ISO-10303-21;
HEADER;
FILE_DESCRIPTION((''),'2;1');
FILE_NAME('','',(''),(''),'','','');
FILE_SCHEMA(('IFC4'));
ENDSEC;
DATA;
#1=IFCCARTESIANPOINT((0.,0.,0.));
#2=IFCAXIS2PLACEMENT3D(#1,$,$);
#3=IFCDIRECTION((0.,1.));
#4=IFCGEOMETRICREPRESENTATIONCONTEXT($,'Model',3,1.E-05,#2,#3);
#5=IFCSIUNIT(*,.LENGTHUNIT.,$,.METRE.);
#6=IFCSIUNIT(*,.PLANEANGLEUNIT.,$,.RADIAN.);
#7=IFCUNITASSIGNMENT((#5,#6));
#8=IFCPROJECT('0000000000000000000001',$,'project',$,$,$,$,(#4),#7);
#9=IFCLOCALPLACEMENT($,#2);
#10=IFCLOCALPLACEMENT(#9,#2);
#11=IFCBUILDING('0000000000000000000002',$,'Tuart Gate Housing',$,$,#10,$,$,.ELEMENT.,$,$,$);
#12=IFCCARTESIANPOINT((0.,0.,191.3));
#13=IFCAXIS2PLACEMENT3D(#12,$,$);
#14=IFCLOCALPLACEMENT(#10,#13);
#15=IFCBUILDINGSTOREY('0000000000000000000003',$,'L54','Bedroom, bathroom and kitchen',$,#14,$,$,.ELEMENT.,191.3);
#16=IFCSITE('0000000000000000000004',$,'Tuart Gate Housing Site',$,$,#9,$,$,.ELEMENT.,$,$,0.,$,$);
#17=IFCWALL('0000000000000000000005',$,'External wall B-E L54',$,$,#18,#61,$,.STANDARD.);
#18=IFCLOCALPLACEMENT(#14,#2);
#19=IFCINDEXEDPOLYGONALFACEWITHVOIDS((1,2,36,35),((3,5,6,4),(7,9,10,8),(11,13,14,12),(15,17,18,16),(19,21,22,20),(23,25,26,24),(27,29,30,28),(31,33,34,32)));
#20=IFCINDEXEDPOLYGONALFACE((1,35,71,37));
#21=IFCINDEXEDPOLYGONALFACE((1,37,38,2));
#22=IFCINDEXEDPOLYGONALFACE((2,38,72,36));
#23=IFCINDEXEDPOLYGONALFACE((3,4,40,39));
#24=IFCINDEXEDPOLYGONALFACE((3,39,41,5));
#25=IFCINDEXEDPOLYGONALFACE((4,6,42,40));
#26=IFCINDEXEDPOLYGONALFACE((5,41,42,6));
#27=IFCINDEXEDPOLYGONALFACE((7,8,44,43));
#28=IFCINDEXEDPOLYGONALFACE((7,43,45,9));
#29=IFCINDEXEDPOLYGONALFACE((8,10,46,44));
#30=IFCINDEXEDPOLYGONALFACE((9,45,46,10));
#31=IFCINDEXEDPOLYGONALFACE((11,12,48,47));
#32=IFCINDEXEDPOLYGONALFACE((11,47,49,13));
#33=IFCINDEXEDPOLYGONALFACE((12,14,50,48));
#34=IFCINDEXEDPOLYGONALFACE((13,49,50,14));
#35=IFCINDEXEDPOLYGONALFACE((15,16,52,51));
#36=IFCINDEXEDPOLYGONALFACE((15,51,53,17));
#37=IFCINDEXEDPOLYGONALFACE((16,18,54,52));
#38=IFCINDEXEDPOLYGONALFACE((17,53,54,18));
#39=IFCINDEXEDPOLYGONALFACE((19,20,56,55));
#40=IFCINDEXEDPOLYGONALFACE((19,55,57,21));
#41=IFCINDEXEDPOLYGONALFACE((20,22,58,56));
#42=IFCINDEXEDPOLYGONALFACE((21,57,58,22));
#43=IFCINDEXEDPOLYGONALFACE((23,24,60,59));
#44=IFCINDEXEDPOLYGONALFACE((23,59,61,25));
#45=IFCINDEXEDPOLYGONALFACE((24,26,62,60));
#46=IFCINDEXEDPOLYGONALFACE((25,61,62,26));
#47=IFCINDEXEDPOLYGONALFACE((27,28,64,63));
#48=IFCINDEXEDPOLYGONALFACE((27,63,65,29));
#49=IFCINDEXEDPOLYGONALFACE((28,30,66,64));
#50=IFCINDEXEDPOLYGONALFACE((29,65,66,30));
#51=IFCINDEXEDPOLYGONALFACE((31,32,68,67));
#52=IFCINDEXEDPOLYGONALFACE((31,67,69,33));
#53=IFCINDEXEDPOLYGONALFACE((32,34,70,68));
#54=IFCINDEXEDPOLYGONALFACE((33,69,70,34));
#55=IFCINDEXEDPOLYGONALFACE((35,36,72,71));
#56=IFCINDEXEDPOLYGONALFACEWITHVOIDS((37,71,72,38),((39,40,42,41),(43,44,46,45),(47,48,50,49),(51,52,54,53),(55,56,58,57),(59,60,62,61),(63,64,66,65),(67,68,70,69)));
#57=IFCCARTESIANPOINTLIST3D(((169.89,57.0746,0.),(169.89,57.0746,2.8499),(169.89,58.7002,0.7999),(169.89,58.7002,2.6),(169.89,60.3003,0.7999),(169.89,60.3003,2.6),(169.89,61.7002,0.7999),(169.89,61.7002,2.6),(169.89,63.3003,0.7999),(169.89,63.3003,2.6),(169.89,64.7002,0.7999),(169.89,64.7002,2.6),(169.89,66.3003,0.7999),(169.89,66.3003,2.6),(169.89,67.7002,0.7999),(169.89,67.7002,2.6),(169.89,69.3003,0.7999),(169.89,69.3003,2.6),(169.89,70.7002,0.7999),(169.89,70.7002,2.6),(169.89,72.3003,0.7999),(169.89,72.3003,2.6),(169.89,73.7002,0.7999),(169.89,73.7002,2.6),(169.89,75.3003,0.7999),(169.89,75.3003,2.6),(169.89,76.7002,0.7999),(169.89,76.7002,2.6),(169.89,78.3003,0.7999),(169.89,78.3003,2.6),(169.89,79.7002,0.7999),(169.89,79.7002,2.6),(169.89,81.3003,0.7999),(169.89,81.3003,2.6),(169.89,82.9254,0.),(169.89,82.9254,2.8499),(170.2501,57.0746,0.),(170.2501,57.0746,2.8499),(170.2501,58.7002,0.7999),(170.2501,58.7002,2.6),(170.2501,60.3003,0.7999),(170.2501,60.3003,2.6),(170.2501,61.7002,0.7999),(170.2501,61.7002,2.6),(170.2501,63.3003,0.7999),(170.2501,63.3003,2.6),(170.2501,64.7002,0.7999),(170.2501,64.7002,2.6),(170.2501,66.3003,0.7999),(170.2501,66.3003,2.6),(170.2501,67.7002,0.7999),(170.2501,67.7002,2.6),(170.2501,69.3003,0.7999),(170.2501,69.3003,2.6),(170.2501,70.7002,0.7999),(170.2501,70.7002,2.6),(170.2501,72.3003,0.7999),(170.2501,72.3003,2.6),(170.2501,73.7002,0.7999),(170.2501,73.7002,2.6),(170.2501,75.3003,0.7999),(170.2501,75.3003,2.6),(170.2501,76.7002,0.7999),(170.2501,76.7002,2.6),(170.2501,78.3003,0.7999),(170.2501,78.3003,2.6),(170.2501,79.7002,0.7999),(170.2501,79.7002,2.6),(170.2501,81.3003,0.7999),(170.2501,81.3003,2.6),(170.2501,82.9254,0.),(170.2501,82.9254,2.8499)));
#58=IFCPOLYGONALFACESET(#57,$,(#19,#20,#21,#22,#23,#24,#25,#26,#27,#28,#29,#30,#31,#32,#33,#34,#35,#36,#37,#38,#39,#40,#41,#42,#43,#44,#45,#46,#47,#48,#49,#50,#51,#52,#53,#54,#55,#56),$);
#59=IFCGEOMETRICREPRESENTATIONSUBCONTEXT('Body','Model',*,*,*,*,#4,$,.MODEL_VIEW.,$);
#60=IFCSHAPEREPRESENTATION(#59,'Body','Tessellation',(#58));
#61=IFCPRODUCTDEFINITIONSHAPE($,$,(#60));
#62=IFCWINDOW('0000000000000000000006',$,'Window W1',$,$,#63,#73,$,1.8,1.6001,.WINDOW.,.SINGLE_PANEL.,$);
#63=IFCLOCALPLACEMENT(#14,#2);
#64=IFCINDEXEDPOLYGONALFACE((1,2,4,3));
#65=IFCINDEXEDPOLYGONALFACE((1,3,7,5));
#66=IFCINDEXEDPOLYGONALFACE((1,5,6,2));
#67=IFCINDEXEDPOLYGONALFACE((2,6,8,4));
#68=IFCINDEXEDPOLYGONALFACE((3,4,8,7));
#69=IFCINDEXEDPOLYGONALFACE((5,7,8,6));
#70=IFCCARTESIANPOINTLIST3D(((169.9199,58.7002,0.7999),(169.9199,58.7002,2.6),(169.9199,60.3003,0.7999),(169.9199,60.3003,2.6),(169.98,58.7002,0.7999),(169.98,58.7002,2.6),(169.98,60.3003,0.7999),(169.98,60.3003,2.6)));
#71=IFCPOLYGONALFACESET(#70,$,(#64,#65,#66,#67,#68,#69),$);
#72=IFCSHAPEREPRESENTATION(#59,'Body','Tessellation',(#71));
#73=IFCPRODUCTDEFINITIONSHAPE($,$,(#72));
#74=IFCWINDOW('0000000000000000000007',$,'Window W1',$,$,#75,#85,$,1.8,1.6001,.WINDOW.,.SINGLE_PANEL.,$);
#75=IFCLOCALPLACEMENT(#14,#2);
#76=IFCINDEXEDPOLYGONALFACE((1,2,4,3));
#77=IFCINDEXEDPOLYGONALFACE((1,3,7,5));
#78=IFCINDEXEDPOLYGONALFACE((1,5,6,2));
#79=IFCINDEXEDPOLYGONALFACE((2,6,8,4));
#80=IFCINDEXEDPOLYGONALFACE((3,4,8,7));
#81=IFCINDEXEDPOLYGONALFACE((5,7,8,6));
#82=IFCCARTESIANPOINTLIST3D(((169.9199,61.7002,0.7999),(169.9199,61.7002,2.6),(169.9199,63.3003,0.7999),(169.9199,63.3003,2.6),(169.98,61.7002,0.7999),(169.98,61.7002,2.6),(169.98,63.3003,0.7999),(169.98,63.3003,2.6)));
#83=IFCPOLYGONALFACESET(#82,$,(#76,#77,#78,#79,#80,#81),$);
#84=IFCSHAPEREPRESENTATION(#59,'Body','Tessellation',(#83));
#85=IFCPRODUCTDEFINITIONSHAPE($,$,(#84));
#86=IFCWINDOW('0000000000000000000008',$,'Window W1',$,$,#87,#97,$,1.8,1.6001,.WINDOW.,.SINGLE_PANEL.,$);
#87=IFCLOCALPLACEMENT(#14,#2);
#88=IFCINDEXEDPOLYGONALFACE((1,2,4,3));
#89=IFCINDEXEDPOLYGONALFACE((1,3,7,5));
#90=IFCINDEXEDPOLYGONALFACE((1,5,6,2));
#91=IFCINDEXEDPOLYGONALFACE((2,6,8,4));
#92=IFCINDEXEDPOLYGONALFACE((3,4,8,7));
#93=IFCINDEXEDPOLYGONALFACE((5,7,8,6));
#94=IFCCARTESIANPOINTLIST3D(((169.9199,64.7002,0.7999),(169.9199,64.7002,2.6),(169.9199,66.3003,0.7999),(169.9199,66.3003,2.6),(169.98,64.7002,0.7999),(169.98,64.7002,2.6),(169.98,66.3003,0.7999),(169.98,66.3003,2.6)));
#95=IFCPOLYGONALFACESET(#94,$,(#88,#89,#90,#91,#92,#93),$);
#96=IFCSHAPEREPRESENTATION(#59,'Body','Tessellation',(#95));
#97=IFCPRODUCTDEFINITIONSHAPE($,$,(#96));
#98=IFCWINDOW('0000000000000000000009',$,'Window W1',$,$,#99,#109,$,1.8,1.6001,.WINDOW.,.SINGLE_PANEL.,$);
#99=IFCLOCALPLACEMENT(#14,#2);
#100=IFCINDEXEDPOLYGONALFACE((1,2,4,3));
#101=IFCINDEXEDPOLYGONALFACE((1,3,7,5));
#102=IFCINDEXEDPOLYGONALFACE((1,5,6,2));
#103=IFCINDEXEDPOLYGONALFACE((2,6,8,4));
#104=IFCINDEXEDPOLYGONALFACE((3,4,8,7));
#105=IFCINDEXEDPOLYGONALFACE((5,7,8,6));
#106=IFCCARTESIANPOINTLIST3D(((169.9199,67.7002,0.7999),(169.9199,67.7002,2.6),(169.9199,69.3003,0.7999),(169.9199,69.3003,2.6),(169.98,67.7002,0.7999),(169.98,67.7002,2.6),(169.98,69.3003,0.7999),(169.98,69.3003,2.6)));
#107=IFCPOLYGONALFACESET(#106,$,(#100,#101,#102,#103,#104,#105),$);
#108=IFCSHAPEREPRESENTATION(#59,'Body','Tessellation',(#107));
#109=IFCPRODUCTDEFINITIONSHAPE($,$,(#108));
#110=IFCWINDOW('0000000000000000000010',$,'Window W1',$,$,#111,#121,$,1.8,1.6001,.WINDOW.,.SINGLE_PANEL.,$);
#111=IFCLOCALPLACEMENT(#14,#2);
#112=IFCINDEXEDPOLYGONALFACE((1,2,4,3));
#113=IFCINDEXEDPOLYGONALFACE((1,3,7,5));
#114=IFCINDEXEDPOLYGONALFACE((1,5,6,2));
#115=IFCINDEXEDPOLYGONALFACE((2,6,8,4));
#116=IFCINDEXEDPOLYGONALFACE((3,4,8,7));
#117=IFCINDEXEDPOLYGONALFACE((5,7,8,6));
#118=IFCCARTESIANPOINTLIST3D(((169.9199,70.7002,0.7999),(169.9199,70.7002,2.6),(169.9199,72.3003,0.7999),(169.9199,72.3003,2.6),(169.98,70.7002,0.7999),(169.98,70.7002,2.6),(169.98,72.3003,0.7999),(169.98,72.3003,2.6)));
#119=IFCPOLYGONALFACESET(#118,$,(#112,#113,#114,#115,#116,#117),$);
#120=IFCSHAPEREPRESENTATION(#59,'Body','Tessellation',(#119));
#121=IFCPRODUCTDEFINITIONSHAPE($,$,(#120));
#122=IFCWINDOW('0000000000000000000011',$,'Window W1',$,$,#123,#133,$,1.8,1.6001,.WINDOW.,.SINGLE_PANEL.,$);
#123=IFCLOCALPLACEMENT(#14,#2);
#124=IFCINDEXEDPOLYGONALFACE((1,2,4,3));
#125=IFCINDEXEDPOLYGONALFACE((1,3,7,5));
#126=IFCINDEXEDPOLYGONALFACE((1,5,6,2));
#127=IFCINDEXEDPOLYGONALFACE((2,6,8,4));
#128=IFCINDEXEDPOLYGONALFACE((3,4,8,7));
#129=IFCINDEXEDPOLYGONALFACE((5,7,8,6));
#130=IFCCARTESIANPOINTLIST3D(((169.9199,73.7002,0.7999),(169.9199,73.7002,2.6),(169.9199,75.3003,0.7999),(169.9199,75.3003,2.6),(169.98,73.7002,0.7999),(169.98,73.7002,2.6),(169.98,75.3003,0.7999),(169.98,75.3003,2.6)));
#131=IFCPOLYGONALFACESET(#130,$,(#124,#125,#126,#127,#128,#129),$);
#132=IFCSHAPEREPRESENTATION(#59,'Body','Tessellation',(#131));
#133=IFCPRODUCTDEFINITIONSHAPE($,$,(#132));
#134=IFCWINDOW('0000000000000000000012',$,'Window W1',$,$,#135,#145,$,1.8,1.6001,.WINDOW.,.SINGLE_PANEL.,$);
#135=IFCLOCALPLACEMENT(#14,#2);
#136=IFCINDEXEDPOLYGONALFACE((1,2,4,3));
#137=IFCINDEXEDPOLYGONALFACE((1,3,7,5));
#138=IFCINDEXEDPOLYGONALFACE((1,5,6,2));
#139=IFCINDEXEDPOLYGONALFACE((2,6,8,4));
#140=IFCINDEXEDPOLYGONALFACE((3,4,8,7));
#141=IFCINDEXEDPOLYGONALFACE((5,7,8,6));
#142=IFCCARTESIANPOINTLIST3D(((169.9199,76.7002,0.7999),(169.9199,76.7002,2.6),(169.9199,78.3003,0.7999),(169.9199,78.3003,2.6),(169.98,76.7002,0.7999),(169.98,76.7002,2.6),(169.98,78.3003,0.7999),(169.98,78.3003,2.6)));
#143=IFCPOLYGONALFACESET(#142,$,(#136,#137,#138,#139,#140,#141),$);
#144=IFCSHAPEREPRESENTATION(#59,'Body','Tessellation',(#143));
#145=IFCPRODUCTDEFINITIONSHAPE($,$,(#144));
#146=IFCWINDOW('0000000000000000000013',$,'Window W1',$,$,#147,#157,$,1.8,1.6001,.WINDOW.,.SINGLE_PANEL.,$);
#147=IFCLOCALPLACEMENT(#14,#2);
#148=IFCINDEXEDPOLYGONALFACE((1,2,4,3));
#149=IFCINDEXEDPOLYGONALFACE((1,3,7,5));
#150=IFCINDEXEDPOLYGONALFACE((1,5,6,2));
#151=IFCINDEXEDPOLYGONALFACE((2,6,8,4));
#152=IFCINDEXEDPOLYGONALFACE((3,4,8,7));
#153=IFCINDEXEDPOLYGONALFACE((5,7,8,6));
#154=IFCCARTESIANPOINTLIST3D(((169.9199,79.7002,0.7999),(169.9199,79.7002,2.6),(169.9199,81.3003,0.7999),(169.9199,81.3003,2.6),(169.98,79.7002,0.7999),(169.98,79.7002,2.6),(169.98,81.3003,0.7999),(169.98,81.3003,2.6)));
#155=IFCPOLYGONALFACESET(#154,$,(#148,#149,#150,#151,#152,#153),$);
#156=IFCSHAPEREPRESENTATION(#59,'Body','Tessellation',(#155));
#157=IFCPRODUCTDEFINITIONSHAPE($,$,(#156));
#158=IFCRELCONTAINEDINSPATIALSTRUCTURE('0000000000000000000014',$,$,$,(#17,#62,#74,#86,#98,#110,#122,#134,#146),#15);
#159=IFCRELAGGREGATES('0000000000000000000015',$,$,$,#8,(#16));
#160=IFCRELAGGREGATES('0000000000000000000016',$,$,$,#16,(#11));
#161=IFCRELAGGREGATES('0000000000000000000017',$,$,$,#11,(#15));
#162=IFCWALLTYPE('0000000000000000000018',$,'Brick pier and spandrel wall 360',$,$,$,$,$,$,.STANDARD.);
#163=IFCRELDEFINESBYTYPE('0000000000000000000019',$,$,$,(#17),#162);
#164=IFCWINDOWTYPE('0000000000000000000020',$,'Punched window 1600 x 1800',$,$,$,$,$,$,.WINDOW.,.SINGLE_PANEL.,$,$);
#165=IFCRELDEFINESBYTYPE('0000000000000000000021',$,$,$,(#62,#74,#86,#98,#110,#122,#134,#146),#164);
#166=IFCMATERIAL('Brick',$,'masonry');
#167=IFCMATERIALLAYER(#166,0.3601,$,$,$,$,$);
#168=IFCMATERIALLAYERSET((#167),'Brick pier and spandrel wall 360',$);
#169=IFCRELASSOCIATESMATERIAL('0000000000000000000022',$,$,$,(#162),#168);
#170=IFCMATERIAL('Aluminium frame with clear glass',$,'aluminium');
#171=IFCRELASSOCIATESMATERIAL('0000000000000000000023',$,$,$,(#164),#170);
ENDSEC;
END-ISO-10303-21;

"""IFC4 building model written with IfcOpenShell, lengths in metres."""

from ifc_helpers import new_model, si_unit, direction, frame, frame_2d, origin, place, context, subcontext, project, spatial, rectangle, extrude, material, layer, layer_set, type_object, element, fill, save


model = new_model("IFC4")

# Units and contexts
model_context = context("Model", 3, precision=1e-05, world=origin(), true_north=direction((0.0, 1.0)))
body_context = subcontext(model_context, "Body", "Model", "MODEL_VIEW")
ifc_project = project(units=[si_unit("LENGTHUNIT", "METRE"), si_unit("PLANEANGLEUNIT", "RADIAN")], contexts=[model_context])

# Site, building, storey
site_placement = place(None, origin())
site = spatial("IfcSite", under=ifc_project, at=site_placement, Name="Tuart Gate Housing Site", CompositionType="ELEMENT", RefElevation=0.0)
building_placement = place(site_placement, origin())
building = spatial("IfcBuilding", under=site, at=building_placement, Name="Tuart Gate Housing", CompositionType="ELEMENT")
storey_placement = place(building_placement, frame((0.0, 0.0, 191.3)))
storey = spatial("IfcBuildingStorey", under=building, at=storey_placement, Name="L54", Description="Bedroom, bathroom and kitchen", CompositionType="ELEMENT", Elevation=191.3)

# Shared definitions
ifc_material_1 = material(Name="Brick", Category="masonry")
ifc_layer_1 = layer(ifc_material_1, 0.3601)
ifc_layer_set_1 = layer_set([ifc_layer_1], Name="Brick pier and spandrel wall 360")
wall_type_1 = type_object("IfcWallType", Name="Brick pier and spandrel wall 360", PredefinedType="STANDARD", material=ifc_layer_set_1)
ifc_material_2 = material(Name="Aluminium frame with clear glass", Category="aluminium")
window_type = type_object("IfcWindowType", Name="Punched window 1600 x 1800", PartitioningType="SINGLE_PANEL", PredefinedType="WINDOW", material=ifc_material_2)

# Wall, openings, windows
wall_1_placement = place(storey_placement, frame((170.0701, 57.0747, 0.0), z_axis=(0.0, 0.0, 1.0), x_axis=(0.0, 1.0, 0.0)))
wall_1 = element("IfcWall", 1, at=wall_1_placement, inside=storey, type_object=wall_type_1, Name="External wall B-E L54", PredefinedType="STANDARD", context=body_context, shape_type="SweptSolid", body=[
    extrude(rectangle(XDim=25.8508, YDim=0.3601, at=frame_2d((12.9253, 0.0))), origin(), (0.0, 0.0, 1.0), 2.8499),
])
opening_1_placement = place(wall_1_placement, frame((1.6255, 0.0, 0.8)))
opening_1 = element("IfcOpeningElement", 2, at=opening_1_placement, cuts=wall_1, PredefinedType="OPENING", context=body_context, shape_type="SweptSolid", body=[
    extrude(rectangle(XDim=1.6001, YDim=1.8, at=frame_2d((0.8, 0.8999))), frame((0.0, 0.1899, 0.0), z_axis=(0.0, -1.0, 0.0), x_axis=(1.0, 0.0, 0.0)), (0.0, 0.0, 1.0), 0.3801),
])
opening_2_placement = place(wall_1_placement, frame((4.6255, 0.0, 0.8)))
opening_2 = element("IfcOpeningElement", 3, at=opening_2_placement, cuts=wall_1, PredefinedType="OPENING", context=body_context, shape_type="SweptSolid", body=[
    extrude(rectangle(XDim=1.6001, YDim=1.8, at=frame_2d((0.8, 0.8999))), frame((0.0, 0.1899, 0.0), z_axis=(0.0, -1.0, 0.0), x_axis=(1.0, 0.0, 0.0)), (0.0, 0.0, 1.0), 0.3801),
])
opening_3_placement = place(wall_1_placement, frame((7.6255, 0.0, 0.8)))
opening_3 = element("IfcOpeningElement", 4, at=opening_3_placement, cuts=wall_1, PredefinedType="OPENING", context=body_context, shape_type="SweptSolid", body=[
    extrude(rectangle(XDim=1.6001, YDim=1.8, at=frame_2d((0.8, 0.8999))), frame((0.0, 0.1899, 0.0), z_axis=(0.0, -1.0, 0.0), x_axis=(1.0, 0.0, 0.0)), (0.0, 0.0, 1.0), 0.3801),
])
opening_4_placement = place(wall_1_placement, frame((10.6255, 0.0, 0.8)))
opening_4 = element("IfcOpeningElement", 5, at=opening_4_placement, cuts=wall_1, PredefinedType="OPENING", context=body_context, shape_type="SweptSolid", body=[
    extrude(rectangle(XDim=1.6001, YDim=1.8, at=frame_2d((0.8, 0.8999))), frame((0.0, 0.1899, 0.0), z_axis=(0.0, -1.0, 0.0), x_axis=(1.0, 0.0, 0.0)), (0.0, 0.0, 1.0), 0.3801),
])
opening_5_placement = place(wall_1_placement, frame((13.6255, 0.0, 0.8)))
opening_5 = element("IfcOpeningElement", 6, at=opening_5_placement, cuts=wall_1, PredefinedType="OPENING", context=body_context, shape_type="SweptSolid", body=[
    extrude(rectangle(XDim=1.6001, YDim=1.8, at=frame_2d((0.8, 0.8999))), frame((0.0, 0.1899, 0.0), z_axis=(0.0, -1.0, 0.0), x_axis=(1.0, 0.0, 0.0)), (0.0, 0.0, 1.0), 0.3801),
])
opening_6_placement = place(wall_1_placement, frame((16.6255, 0.0, 0.8)))
opening_6 = element("IfcOpeningElement", 7, at=opening_6_placement, cuts=wall_1, PredefinedType="OPENING", context=body_context, shape_type="SweptSolid", body=[
    extrude(rectangle(XDim=1.6001, YDim=1.8, at=frame_2d((0.8, 0.8999))), frame((0.0, 0.1899, 0.0), z_axis=(0.0, -1.0, 0.0), x_axis=(1.0, 0.0, 0.0)), (0.0, 0.0, 1.0), 0.3801),
])
opening_7_placement = place(wall_1_placement, frame((19.6255, 0.0, 0.8)))
opening_7 = element("IfcOpeningElement", 8, at=opening_7_placement, cuts=wall_1, PredefinedType="OPENING", context=body_context, shape_type="SweptSolid", body=[
    extrude(rectangle(XDim=1.6001, YDim=1.8, at=frame_2d((0.8, 0.8999))), frame((0.0, 0.1899, 0.0), z_axis=(0.0, -1.0, 0.0), x_axis=(1.0, 0.0, 0.0)), (0.0, 0.0, 1.0), 0.3801),
])
opening_8_placement = place(wall_1_placement, frame((22.6255, 0.0, 0.8)))
opening_8 = element("IfcOpeningElement", 9, at=opening_8_placement, cuts=wall_1, PredefinedType="OPENING", context=body_context, shape_type="SweptSolid", body=[
    extrude(rectangle(XDim=1.6001, YDim=1.8, at=frame_2d((0.8, 0.8999))), frame((0.0, 0.1899, 0.0), z_axis=(0.0, -1.0, 0.0), x_axis=(1.0, 0.0, 0.0)), (0.0, 0.0, 1.0), 0.3801),
])
window_1_placement = place(opening_1_placement, origin())
window_1 = element("IfcWindow", 10, at=window_1_placement, inside=storey, type_object=window_type, Name="Window W1", OverallHeight=1.8, OverallWidth=1.6001, PartitioningType="SINGLE_PANEL", PredefinedType="WINDOW", context=body_context, shape_type="SweptSolid", body=[
    extrude(rectangle(XDim=1.6001, YDim=1.8, at=frame_2d((0.8, 0.8999))), frame((0.0, 0.1501, 0.0), z_axis=(0.0, -1.0, 0.0), x_axis=(1.0, 0.0, 0.0)), (0.0, 0.0, 1.0), 0.0601),
])
fill(opening_1, window_1)
window_2_placement = place(opening_2_placement, origin())
window_2 = element("IfcWindow", 11, at=window_2_placement, inside=storey, type_object=window_type, Name="Window W1", OverallHeight=1.8, OverallWidth=1.6001, PartitioningType="SINGLE_PANEL", PredefinedType="WINDOW", context=body_context, shape_type="SweptSolid", body=[
    extrude(rectangle(XDim=1.6001, YDim=1.8, at=frame_2d((0.8, 0.8999))), frame((0.0, 0.1501, 0.0), z_axis=(0.0, -1.0, 0.0), x_axis=(1.0, 0.0, 0.0)), (0.0, 0.0, 1.0), 0.0601),
])
fill(opening_2, window_2)
window_3_placement = place(opening_3_placement, origin())
window_3 = element("IfcWindow", 12, at=window_3_placement, inside=storey, type_object=window_type, Name="Window W1", OverallHeight=1.8, OverallWidth=1.6001, PartitioningType="SINGLE_PANEL", PredefinedType="WINDOW", context=body_context, shape_type="SweptSolid", body=[
    extrude(rectangle(XDim=1.6001, YDim=1.8, at=frame_2d((0.8, 0.8999))), frame((0.0, 0.1501, 0.0), z_axis=(0.0, -1.0, 0.0), x_axis=(1.0, 0.0, 0.0)), (0.0, 0.0, 1.0), 0.0601),
])
fill(opening_3, window_3)
window_4_placement = place(opening_4_placement, origin())
window_4 = element("IfcWindow", 13, at=window_4_placement, inside=storey, type_object=window_type, Name="Window W1", OverallHeight=1.8, OverallWidth=1.6001, PartitioningType="SINGLE_PANEL", PredefinedType="WINDOW", context=body_context, shape_type="SweptSolid", body=[
    extrude(rectangle(XDim=1.6001, YDim=1.8, at=frame_2d((0.8, 0.8999))), frame((0.0, 0.1501, 0.0), z_axis=(0.0, -1.0, 0.0), x_axis=(1.0, 0.0, 0.0)), (0.0, 0.0, 1.0), 0.0601),
])
fill(opening_4, window_4)
window_5_placement = place(opening_5_placement, origin())
window_5 = element("IfcWindow", 14, at=window_5_placement, inside=storey, type_object=window_type, Name="Window W1", OverallHeight=1.8, OverallWidth=1.6001, PartitioningType="SINGLE_PANEL", PredefinedType="WINDOW", context=body_context, shape_type="SweptSolid", body=[
    extrude(rectangle(XDim=1.6001, YDim=1.8, at=frame_2d((0.8, 0.8999))), frame((0.0, 0.1501, 0.0), z_axis=(0.0, -1.0, 0.0), x_axis=(1.0, 0.0, 0.0)), (0.0, 0.0, 1.0), 0.0601),
])
fill(opening_5, window_5)
window_6_placement = place(opening_6_placement, origin())
window_6 = element("IfcWindow", 15, at=window_6_placement, inside=storey, type_object=window_type, Name="Window W1", OverallHeight=1.8, OverallWidth=1.6001, PartitioningType="SINGLE_PANEL", PredefinedType="WINDOW", context=body_context, shape_type="SweptSolid", body=[
    extrude(rectangle(XDim=1.6001, YDim=1.8, at=frame_2d((0.8, 0.8999))), frame((0.0, 0.1501, 0.0), z_axis=(0.0, -1.0, 0.0), x_axis=(1.0, 0.0, 0.0)), (0.0, 0.0, 1.0), 0.0601),
])
fill(opening_6, window_6)
window_7_placement = place(opening_7_placement, origin())
window_7 = element("IfcWindow", 16, at=window_7_placement, inside=storey, type_object=window_type, Name="Window W1", OverallHeight=1.8, OverallWidth=1.6001, PartitioningType="SINGLE_PANEL", PredefinedType="WINDOW", context=body_context, shape_type="SweptSolid", body=[
    extrude(rectangle(XDim=1.6001, YDim=1.8, at=frame_2d((0.8, 0.8999))), frame((0.0, 0.1501, 0.0), z_axis=(0.0, -1.0, 0.0), x_axis=(1.0, 0.0, 0.0)), (0.0, 0.0, 1.0), 0.0601),
])
fill(opening_7, window_7)
window_8_placement = place(opening_8_placement, origin())
window_8 = element("IfcWindow", 17, at=window_8_placement, inside=storey, type_object=window_type, Name="Window W1", OverallHeight=1.8, OverallWidth=1.6001, PartitioningType="SINGLE_PANEL", PredefinedType="WINDOW", context=body_context, shape_type="SweptSolid", body=[
    extrude(rectangle(XDim=1.6001, YDim=1.8, at=frame_2d((0.8, 0.8999))), frame((0.0, 0.1501, 0.0), z_axis=(0.0, -1.0, 0.0), x_axis=(1.0, 0.0, 0.0)), (0.0, 0.0, 1.0), 0.0601),
])
fill(opening_8, window_8)

save(model, "model.ifc")
